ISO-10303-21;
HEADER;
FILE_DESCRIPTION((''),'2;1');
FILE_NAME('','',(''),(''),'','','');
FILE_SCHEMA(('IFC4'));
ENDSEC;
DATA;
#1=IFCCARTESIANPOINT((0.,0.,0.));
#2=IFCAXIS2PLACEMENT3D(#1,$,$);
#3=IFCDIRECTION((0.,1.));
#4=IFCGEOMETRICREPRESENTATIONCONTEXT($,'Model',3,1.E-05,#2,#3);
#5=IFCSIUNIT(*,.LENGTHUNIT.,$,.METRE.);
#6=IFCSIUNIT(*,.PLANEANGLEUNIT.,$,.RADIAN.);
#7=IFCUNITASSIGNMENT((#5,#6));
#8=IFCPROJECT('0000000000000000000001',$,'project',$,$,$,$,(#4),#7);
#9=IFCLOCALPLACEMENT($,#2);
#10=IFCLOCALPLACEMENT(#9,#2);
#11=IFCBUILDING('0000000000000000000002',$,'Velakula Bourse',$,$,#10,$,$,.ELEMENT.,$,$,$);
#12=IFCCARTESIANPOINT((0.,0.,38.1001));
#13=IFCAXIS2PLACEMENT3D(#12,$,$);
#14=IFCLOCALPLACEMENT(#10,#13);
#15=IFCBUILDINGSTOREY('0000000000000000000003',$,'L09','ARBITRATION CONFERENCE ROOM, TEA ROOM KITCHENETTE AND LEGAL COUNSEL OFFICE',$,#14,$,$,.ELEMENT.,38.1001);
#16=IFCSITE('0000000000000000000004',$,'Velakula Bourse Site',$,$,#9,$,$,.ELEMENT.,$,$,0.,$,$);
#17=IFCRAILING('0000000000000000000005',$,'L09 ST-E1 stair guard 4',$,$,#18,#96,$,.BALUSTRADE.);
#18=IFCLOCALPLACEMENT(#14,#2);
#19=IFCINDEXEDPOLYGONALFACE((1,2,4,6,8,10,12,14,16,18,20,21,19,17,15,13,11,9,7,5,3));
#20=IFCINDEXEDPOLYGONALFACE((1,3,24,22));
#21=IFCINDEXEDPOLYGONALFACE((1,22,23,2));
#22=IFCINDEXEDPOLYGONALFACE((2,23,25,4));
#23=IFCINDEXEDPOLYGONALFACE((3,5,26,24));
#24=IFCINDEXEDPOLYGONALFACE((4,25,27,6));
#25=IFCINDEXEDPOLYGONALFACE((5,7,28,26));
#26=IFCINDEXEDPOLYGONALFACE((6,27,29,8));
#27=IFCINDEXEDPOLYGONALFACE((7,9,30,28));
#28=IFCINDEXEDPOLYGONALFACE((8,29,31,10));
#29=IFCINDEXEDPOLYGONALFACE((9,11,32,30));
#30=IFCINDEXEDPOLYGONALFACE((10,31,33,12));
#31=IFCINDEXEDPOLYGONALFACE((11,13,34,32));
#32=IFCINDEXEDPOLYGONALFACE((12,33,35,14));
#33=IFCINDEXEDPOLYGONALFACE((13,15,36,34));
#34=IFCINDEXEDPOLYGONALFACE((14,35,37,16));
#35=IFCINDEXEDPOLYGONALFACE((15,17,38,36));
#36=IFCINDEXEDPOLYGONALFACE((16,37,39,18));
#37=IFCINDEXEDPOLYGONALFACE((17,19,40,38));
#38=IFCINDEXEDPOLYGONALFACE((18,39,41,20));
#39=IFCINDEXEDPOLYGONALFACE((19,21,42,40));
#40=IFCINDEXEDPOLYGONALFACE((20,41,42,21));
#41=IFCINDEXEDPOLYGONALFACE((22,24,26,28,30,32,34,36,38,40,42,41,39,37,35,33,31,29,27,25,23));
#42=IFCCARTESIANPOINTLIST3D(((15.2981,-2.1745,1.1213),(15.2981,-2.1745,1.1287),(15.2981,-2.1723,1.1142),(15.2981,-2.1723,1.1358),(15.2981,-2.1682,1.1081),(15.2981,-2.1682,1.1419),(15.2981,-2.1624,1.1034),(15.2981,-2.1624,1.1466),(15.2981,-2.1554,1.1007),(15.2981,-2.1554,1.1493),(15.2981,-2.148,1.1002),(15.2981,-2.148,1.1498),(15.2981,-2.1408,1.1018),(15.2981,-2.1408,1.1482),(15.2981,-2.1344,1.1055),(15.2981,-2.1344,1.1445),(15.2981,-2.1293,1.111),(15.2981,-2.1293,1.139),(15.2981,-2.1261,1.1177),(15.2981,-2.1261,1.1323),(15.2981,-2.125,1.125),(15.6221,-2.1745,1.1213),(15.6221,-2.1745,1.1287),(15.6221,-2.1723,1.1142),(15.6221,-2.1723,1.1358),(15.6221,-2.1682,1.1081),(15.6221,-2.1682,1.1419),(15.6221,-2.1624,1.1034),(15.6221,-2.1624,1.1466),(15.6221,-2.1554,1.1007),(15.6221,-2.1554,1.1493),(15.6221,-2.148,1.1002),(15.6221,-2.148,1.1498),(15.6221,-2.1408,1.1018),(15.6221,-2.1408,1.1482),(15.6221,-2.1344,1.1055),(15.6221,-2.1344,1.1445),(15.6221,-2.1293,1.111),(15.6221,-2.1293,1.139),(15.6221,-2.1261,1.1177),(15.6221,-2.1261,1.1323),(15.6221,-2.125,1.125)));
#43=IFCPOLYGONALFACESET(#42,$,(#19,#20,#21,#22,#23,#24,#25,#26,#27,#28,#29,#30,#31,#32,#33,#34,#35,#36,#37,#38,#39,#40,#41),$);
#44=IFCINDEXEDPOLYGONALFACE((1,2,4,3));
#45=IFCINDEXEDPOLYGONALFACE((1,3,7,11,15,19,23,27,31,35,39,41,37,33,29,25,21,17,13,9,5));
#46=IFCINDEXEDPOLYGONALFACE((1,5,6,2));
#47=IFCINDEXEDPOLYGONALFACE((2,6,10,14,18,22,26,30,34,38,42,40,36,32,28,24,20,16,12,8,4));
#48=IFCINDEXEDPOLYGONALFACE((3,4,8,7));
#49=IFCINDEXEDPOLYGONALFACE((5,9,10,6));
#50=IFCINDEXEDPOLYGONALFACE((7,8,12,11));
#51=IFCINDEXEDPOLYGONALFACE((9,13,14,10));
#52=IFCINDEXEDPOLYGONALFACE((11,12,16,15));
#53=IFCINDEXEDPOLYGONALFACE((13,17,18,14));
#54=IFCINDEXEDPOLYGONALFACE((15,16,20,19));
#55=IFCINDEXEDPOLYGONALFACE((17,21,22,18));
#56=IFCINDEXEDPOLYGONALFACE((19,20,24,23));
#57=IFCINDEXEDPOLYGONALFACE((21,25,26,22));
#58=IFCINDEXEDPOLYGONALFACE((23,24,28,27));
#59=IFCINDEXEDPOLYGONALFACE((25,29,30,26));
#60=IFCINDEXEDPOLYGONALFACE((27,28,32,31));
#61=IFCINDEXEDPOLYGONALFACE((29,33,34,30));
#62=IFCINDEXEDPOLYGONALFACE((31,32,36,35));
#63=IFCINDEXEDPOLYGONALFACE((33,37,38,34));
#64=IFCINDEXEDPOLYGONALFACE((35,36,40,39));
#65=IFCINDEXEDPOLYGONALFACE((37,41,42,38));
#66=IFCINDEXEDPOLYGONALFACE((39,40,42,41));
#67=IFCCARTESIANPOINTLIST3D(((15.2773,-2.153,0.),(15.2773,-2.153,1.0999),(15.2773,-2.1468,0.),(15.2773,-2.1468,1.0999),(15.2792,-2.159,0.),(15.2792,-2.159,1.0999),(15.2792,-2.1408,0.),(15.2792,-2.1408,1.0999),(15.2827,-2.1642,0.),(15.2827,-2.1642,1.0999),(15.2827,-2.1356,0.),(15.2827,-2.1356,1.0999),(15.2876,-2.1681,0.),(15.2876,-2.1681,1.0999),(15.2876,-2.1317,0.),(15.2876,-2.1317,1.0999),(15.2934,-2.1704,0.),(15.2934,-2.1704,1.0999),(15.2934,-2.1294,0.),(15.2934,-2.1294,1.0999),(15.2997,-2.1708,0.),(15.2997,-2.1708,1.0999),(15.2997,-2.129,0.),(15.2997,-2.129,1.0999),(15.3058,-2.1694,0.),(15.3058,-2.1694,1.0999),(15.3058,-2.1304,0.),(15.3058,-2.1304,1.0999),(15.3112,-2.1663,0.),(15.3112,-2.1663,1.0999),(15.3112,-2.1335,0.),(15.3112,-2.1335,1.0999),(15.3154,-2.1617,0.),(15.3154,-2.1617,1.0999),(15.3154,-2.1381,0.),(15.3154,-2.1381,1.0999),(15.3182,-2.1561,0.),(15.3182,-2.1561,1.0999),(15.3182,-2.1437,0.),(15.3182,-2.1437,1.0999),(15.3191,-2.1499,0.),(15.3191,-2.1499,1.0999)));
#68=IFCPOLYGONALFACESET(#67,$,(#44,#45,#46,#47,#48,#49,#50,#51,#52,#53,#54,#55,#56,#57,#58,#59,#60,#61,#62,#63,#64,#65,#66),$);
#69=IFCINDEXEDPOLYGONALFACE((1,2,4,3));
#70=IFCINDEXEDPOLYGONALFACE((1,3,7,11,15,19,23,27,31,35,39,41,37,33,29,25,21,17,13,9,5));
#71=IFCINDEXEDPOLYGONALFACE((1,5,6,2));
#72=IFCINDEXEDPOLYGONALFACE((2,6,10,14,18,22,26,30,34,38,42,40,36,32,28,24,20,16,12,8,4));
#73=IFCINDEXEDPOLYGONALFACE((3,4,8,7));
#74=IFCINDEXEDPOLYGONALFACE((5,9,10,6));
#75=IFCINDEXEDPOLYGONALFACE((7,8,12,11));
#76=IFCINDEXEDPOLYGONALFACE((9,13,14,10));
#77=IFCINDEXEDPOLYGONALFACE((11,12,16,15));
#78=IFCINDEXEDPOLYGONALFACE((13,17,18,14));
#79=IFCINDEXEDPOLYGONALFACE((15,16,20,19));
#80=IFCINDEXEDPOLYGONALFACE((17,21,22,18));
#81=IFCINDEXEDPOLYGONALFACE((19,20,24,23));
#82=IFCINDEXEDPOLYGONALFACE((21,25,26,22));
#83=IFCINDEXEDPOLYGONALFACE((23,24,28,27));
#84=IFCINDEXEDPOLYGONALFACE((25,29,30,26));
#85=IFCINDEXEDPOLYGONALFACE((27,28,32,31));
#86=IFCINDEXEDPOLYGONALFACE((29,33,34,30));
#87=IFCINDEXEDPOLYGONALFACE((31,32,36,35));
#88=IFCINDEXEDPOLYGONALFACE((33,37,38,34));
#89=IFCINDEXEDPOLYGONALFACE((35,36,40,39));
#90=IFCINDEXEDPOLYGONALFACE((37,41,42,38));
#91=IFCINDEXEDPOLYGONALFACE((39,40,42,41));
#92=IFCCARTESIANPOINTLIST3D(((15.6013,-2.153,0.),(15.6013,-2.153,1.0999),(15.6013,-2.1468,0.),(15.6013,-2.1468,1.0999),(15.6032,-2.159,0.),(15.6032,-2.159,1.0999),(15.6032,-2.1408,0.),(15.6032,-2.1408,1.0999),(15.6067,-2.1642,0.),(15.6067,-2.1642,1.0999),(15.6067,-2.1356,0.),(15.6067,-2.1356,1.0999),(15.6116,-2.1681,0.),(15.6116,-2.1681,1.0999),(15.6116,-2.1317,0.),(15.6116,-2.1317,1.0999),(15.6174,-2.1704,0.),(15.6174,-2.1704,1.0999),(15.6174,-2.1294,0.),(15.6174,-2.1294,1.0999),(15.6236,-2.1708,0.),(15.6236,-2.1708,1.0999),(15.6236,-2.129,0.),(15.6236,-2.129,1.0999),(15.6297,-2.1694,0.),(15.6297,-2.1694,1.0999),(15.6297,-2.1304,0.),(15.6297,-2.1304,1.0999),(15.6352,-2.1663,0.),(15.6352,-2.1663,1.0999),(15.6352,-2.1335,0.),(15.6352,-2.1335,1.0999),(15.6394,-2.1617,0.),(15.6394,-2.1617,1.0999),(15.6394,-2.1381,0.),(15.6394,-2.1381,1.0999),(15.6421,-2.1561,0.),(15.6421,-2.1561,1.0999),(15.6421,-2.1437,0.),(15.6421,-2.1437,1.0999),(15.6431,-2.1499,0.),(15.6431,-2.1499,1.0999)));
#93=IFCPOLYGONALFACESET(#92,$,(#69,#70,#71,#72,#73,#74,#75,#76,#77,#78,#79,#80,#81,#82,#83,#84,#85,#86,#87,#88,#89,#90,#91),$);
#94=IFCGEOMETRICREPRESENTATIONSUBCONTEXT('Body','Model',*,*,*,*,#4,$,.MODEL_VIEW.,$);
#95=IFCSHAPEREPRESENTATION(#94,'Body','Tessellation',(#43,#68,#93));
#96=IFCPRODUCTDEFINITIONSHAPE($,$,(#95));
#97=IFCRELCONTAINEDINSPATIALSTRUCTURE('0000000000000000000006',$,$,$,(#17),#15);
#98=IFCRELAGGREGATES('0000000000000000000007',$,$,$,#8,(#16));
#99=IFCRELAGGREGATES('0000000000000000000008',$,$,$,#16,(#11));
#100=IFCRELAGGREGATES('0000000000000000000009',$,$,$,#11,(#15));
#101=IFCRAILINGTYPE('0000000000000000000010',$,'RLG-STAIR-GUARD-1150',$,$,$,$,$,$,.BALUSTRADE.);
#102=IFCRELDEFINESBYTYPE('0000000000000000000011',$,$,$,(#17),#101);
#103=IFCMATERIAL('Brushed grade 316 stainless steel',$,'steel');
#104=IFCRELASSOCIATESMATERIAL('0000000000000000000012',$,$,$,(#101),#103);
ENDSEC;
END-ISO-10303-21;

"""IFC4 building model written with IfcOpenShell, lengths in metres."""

from ifc_helpers import new_model, si_unit, direction, frame, origin, origin_2d, place, context, subcontext, project, spatial, circle, extrude, material, type_object, element, save


model = new_model("IFC4")

# Units and contexts
model_context = context("Model", 3, precision=1e-05, world=origin(), true_north=direction((0.0, 1.0)))
body_context = subcontext(model_context, "Body", "Model", "MODEL_VIEW")
ifc_project = project(units=[si_unit("LENGTHUNIT", "METRE"), si_unit("PLANEANGLEUNIT", "RADIAN")], contexts=[model_context])

# Site, building, storey
site_placement = place(None, origin())
site = spatial("IfcSite", under=ifc_project, at=site_placement, Name="Velakula Bourse Site", CompositionType="ELEMENT", RefElevation=0.0)
building_placement = place(site_placement, origin())
building = spatial("IfcBuilding", under=site, at=building_placement, Name="Velakula Bourse", CompositionType="ELEMENT")
storey_placement = place(building_placement, frame((0.0, 0.0, 38.1001)))
storey = spatial("IfcBuildingStorey", under=building, at=storey_placement, Name="L09", Description="ARBITRATION CONFERENCE ROOM, TEA ROOM KITCHENETTE AND LEGAL COUNSEL OFFICE", CompositionType="ELEMENT", Elevation=38.1001)

# Shared definitions
ifc_material_1 = material(Name="Brushed grade 316 stainless steel", Category="steel")

# Railing
railing_type_1 = type_object("IfcRailingType", Name="RLG-STAIR-GUARD-1150", PredefinedType="BALUSTRADE", material=ifc_material_1)
railing_1_placement = place(storey_placement, frame((15.2981, -2.1499, 0.0)))
element("IfcRailing", 1, at=railing_1_placement, inside=storey, type_object=railing_type_1, Name="L09 ST-E1 stair guard 4", PredefinedType="BALUSTRADE", context=body_context, shape_type="SweptSolid", body=[
    extrude(circle(Radius=0.0249, at=origin_2d()), frame((0.0, 0.0, 1.125), z_axis=(1.0, 0.0, 0.0), x_axis=(0.0, 1.0, 0.0)), (0.0, 0.0, 1.0), 0.324),
    extrude(circle(Radius=0.021, at=origin_2d()), origin(), (0.0, 0.0, 1.0), 1.0999),
    extrude(circle(Radius=0.021, at=origin_2d()), frame((0.324, 0.0, 0.0)), (0.0, 0.0, 1.0), 1.0999),
])

save(model, "model.ifc")
